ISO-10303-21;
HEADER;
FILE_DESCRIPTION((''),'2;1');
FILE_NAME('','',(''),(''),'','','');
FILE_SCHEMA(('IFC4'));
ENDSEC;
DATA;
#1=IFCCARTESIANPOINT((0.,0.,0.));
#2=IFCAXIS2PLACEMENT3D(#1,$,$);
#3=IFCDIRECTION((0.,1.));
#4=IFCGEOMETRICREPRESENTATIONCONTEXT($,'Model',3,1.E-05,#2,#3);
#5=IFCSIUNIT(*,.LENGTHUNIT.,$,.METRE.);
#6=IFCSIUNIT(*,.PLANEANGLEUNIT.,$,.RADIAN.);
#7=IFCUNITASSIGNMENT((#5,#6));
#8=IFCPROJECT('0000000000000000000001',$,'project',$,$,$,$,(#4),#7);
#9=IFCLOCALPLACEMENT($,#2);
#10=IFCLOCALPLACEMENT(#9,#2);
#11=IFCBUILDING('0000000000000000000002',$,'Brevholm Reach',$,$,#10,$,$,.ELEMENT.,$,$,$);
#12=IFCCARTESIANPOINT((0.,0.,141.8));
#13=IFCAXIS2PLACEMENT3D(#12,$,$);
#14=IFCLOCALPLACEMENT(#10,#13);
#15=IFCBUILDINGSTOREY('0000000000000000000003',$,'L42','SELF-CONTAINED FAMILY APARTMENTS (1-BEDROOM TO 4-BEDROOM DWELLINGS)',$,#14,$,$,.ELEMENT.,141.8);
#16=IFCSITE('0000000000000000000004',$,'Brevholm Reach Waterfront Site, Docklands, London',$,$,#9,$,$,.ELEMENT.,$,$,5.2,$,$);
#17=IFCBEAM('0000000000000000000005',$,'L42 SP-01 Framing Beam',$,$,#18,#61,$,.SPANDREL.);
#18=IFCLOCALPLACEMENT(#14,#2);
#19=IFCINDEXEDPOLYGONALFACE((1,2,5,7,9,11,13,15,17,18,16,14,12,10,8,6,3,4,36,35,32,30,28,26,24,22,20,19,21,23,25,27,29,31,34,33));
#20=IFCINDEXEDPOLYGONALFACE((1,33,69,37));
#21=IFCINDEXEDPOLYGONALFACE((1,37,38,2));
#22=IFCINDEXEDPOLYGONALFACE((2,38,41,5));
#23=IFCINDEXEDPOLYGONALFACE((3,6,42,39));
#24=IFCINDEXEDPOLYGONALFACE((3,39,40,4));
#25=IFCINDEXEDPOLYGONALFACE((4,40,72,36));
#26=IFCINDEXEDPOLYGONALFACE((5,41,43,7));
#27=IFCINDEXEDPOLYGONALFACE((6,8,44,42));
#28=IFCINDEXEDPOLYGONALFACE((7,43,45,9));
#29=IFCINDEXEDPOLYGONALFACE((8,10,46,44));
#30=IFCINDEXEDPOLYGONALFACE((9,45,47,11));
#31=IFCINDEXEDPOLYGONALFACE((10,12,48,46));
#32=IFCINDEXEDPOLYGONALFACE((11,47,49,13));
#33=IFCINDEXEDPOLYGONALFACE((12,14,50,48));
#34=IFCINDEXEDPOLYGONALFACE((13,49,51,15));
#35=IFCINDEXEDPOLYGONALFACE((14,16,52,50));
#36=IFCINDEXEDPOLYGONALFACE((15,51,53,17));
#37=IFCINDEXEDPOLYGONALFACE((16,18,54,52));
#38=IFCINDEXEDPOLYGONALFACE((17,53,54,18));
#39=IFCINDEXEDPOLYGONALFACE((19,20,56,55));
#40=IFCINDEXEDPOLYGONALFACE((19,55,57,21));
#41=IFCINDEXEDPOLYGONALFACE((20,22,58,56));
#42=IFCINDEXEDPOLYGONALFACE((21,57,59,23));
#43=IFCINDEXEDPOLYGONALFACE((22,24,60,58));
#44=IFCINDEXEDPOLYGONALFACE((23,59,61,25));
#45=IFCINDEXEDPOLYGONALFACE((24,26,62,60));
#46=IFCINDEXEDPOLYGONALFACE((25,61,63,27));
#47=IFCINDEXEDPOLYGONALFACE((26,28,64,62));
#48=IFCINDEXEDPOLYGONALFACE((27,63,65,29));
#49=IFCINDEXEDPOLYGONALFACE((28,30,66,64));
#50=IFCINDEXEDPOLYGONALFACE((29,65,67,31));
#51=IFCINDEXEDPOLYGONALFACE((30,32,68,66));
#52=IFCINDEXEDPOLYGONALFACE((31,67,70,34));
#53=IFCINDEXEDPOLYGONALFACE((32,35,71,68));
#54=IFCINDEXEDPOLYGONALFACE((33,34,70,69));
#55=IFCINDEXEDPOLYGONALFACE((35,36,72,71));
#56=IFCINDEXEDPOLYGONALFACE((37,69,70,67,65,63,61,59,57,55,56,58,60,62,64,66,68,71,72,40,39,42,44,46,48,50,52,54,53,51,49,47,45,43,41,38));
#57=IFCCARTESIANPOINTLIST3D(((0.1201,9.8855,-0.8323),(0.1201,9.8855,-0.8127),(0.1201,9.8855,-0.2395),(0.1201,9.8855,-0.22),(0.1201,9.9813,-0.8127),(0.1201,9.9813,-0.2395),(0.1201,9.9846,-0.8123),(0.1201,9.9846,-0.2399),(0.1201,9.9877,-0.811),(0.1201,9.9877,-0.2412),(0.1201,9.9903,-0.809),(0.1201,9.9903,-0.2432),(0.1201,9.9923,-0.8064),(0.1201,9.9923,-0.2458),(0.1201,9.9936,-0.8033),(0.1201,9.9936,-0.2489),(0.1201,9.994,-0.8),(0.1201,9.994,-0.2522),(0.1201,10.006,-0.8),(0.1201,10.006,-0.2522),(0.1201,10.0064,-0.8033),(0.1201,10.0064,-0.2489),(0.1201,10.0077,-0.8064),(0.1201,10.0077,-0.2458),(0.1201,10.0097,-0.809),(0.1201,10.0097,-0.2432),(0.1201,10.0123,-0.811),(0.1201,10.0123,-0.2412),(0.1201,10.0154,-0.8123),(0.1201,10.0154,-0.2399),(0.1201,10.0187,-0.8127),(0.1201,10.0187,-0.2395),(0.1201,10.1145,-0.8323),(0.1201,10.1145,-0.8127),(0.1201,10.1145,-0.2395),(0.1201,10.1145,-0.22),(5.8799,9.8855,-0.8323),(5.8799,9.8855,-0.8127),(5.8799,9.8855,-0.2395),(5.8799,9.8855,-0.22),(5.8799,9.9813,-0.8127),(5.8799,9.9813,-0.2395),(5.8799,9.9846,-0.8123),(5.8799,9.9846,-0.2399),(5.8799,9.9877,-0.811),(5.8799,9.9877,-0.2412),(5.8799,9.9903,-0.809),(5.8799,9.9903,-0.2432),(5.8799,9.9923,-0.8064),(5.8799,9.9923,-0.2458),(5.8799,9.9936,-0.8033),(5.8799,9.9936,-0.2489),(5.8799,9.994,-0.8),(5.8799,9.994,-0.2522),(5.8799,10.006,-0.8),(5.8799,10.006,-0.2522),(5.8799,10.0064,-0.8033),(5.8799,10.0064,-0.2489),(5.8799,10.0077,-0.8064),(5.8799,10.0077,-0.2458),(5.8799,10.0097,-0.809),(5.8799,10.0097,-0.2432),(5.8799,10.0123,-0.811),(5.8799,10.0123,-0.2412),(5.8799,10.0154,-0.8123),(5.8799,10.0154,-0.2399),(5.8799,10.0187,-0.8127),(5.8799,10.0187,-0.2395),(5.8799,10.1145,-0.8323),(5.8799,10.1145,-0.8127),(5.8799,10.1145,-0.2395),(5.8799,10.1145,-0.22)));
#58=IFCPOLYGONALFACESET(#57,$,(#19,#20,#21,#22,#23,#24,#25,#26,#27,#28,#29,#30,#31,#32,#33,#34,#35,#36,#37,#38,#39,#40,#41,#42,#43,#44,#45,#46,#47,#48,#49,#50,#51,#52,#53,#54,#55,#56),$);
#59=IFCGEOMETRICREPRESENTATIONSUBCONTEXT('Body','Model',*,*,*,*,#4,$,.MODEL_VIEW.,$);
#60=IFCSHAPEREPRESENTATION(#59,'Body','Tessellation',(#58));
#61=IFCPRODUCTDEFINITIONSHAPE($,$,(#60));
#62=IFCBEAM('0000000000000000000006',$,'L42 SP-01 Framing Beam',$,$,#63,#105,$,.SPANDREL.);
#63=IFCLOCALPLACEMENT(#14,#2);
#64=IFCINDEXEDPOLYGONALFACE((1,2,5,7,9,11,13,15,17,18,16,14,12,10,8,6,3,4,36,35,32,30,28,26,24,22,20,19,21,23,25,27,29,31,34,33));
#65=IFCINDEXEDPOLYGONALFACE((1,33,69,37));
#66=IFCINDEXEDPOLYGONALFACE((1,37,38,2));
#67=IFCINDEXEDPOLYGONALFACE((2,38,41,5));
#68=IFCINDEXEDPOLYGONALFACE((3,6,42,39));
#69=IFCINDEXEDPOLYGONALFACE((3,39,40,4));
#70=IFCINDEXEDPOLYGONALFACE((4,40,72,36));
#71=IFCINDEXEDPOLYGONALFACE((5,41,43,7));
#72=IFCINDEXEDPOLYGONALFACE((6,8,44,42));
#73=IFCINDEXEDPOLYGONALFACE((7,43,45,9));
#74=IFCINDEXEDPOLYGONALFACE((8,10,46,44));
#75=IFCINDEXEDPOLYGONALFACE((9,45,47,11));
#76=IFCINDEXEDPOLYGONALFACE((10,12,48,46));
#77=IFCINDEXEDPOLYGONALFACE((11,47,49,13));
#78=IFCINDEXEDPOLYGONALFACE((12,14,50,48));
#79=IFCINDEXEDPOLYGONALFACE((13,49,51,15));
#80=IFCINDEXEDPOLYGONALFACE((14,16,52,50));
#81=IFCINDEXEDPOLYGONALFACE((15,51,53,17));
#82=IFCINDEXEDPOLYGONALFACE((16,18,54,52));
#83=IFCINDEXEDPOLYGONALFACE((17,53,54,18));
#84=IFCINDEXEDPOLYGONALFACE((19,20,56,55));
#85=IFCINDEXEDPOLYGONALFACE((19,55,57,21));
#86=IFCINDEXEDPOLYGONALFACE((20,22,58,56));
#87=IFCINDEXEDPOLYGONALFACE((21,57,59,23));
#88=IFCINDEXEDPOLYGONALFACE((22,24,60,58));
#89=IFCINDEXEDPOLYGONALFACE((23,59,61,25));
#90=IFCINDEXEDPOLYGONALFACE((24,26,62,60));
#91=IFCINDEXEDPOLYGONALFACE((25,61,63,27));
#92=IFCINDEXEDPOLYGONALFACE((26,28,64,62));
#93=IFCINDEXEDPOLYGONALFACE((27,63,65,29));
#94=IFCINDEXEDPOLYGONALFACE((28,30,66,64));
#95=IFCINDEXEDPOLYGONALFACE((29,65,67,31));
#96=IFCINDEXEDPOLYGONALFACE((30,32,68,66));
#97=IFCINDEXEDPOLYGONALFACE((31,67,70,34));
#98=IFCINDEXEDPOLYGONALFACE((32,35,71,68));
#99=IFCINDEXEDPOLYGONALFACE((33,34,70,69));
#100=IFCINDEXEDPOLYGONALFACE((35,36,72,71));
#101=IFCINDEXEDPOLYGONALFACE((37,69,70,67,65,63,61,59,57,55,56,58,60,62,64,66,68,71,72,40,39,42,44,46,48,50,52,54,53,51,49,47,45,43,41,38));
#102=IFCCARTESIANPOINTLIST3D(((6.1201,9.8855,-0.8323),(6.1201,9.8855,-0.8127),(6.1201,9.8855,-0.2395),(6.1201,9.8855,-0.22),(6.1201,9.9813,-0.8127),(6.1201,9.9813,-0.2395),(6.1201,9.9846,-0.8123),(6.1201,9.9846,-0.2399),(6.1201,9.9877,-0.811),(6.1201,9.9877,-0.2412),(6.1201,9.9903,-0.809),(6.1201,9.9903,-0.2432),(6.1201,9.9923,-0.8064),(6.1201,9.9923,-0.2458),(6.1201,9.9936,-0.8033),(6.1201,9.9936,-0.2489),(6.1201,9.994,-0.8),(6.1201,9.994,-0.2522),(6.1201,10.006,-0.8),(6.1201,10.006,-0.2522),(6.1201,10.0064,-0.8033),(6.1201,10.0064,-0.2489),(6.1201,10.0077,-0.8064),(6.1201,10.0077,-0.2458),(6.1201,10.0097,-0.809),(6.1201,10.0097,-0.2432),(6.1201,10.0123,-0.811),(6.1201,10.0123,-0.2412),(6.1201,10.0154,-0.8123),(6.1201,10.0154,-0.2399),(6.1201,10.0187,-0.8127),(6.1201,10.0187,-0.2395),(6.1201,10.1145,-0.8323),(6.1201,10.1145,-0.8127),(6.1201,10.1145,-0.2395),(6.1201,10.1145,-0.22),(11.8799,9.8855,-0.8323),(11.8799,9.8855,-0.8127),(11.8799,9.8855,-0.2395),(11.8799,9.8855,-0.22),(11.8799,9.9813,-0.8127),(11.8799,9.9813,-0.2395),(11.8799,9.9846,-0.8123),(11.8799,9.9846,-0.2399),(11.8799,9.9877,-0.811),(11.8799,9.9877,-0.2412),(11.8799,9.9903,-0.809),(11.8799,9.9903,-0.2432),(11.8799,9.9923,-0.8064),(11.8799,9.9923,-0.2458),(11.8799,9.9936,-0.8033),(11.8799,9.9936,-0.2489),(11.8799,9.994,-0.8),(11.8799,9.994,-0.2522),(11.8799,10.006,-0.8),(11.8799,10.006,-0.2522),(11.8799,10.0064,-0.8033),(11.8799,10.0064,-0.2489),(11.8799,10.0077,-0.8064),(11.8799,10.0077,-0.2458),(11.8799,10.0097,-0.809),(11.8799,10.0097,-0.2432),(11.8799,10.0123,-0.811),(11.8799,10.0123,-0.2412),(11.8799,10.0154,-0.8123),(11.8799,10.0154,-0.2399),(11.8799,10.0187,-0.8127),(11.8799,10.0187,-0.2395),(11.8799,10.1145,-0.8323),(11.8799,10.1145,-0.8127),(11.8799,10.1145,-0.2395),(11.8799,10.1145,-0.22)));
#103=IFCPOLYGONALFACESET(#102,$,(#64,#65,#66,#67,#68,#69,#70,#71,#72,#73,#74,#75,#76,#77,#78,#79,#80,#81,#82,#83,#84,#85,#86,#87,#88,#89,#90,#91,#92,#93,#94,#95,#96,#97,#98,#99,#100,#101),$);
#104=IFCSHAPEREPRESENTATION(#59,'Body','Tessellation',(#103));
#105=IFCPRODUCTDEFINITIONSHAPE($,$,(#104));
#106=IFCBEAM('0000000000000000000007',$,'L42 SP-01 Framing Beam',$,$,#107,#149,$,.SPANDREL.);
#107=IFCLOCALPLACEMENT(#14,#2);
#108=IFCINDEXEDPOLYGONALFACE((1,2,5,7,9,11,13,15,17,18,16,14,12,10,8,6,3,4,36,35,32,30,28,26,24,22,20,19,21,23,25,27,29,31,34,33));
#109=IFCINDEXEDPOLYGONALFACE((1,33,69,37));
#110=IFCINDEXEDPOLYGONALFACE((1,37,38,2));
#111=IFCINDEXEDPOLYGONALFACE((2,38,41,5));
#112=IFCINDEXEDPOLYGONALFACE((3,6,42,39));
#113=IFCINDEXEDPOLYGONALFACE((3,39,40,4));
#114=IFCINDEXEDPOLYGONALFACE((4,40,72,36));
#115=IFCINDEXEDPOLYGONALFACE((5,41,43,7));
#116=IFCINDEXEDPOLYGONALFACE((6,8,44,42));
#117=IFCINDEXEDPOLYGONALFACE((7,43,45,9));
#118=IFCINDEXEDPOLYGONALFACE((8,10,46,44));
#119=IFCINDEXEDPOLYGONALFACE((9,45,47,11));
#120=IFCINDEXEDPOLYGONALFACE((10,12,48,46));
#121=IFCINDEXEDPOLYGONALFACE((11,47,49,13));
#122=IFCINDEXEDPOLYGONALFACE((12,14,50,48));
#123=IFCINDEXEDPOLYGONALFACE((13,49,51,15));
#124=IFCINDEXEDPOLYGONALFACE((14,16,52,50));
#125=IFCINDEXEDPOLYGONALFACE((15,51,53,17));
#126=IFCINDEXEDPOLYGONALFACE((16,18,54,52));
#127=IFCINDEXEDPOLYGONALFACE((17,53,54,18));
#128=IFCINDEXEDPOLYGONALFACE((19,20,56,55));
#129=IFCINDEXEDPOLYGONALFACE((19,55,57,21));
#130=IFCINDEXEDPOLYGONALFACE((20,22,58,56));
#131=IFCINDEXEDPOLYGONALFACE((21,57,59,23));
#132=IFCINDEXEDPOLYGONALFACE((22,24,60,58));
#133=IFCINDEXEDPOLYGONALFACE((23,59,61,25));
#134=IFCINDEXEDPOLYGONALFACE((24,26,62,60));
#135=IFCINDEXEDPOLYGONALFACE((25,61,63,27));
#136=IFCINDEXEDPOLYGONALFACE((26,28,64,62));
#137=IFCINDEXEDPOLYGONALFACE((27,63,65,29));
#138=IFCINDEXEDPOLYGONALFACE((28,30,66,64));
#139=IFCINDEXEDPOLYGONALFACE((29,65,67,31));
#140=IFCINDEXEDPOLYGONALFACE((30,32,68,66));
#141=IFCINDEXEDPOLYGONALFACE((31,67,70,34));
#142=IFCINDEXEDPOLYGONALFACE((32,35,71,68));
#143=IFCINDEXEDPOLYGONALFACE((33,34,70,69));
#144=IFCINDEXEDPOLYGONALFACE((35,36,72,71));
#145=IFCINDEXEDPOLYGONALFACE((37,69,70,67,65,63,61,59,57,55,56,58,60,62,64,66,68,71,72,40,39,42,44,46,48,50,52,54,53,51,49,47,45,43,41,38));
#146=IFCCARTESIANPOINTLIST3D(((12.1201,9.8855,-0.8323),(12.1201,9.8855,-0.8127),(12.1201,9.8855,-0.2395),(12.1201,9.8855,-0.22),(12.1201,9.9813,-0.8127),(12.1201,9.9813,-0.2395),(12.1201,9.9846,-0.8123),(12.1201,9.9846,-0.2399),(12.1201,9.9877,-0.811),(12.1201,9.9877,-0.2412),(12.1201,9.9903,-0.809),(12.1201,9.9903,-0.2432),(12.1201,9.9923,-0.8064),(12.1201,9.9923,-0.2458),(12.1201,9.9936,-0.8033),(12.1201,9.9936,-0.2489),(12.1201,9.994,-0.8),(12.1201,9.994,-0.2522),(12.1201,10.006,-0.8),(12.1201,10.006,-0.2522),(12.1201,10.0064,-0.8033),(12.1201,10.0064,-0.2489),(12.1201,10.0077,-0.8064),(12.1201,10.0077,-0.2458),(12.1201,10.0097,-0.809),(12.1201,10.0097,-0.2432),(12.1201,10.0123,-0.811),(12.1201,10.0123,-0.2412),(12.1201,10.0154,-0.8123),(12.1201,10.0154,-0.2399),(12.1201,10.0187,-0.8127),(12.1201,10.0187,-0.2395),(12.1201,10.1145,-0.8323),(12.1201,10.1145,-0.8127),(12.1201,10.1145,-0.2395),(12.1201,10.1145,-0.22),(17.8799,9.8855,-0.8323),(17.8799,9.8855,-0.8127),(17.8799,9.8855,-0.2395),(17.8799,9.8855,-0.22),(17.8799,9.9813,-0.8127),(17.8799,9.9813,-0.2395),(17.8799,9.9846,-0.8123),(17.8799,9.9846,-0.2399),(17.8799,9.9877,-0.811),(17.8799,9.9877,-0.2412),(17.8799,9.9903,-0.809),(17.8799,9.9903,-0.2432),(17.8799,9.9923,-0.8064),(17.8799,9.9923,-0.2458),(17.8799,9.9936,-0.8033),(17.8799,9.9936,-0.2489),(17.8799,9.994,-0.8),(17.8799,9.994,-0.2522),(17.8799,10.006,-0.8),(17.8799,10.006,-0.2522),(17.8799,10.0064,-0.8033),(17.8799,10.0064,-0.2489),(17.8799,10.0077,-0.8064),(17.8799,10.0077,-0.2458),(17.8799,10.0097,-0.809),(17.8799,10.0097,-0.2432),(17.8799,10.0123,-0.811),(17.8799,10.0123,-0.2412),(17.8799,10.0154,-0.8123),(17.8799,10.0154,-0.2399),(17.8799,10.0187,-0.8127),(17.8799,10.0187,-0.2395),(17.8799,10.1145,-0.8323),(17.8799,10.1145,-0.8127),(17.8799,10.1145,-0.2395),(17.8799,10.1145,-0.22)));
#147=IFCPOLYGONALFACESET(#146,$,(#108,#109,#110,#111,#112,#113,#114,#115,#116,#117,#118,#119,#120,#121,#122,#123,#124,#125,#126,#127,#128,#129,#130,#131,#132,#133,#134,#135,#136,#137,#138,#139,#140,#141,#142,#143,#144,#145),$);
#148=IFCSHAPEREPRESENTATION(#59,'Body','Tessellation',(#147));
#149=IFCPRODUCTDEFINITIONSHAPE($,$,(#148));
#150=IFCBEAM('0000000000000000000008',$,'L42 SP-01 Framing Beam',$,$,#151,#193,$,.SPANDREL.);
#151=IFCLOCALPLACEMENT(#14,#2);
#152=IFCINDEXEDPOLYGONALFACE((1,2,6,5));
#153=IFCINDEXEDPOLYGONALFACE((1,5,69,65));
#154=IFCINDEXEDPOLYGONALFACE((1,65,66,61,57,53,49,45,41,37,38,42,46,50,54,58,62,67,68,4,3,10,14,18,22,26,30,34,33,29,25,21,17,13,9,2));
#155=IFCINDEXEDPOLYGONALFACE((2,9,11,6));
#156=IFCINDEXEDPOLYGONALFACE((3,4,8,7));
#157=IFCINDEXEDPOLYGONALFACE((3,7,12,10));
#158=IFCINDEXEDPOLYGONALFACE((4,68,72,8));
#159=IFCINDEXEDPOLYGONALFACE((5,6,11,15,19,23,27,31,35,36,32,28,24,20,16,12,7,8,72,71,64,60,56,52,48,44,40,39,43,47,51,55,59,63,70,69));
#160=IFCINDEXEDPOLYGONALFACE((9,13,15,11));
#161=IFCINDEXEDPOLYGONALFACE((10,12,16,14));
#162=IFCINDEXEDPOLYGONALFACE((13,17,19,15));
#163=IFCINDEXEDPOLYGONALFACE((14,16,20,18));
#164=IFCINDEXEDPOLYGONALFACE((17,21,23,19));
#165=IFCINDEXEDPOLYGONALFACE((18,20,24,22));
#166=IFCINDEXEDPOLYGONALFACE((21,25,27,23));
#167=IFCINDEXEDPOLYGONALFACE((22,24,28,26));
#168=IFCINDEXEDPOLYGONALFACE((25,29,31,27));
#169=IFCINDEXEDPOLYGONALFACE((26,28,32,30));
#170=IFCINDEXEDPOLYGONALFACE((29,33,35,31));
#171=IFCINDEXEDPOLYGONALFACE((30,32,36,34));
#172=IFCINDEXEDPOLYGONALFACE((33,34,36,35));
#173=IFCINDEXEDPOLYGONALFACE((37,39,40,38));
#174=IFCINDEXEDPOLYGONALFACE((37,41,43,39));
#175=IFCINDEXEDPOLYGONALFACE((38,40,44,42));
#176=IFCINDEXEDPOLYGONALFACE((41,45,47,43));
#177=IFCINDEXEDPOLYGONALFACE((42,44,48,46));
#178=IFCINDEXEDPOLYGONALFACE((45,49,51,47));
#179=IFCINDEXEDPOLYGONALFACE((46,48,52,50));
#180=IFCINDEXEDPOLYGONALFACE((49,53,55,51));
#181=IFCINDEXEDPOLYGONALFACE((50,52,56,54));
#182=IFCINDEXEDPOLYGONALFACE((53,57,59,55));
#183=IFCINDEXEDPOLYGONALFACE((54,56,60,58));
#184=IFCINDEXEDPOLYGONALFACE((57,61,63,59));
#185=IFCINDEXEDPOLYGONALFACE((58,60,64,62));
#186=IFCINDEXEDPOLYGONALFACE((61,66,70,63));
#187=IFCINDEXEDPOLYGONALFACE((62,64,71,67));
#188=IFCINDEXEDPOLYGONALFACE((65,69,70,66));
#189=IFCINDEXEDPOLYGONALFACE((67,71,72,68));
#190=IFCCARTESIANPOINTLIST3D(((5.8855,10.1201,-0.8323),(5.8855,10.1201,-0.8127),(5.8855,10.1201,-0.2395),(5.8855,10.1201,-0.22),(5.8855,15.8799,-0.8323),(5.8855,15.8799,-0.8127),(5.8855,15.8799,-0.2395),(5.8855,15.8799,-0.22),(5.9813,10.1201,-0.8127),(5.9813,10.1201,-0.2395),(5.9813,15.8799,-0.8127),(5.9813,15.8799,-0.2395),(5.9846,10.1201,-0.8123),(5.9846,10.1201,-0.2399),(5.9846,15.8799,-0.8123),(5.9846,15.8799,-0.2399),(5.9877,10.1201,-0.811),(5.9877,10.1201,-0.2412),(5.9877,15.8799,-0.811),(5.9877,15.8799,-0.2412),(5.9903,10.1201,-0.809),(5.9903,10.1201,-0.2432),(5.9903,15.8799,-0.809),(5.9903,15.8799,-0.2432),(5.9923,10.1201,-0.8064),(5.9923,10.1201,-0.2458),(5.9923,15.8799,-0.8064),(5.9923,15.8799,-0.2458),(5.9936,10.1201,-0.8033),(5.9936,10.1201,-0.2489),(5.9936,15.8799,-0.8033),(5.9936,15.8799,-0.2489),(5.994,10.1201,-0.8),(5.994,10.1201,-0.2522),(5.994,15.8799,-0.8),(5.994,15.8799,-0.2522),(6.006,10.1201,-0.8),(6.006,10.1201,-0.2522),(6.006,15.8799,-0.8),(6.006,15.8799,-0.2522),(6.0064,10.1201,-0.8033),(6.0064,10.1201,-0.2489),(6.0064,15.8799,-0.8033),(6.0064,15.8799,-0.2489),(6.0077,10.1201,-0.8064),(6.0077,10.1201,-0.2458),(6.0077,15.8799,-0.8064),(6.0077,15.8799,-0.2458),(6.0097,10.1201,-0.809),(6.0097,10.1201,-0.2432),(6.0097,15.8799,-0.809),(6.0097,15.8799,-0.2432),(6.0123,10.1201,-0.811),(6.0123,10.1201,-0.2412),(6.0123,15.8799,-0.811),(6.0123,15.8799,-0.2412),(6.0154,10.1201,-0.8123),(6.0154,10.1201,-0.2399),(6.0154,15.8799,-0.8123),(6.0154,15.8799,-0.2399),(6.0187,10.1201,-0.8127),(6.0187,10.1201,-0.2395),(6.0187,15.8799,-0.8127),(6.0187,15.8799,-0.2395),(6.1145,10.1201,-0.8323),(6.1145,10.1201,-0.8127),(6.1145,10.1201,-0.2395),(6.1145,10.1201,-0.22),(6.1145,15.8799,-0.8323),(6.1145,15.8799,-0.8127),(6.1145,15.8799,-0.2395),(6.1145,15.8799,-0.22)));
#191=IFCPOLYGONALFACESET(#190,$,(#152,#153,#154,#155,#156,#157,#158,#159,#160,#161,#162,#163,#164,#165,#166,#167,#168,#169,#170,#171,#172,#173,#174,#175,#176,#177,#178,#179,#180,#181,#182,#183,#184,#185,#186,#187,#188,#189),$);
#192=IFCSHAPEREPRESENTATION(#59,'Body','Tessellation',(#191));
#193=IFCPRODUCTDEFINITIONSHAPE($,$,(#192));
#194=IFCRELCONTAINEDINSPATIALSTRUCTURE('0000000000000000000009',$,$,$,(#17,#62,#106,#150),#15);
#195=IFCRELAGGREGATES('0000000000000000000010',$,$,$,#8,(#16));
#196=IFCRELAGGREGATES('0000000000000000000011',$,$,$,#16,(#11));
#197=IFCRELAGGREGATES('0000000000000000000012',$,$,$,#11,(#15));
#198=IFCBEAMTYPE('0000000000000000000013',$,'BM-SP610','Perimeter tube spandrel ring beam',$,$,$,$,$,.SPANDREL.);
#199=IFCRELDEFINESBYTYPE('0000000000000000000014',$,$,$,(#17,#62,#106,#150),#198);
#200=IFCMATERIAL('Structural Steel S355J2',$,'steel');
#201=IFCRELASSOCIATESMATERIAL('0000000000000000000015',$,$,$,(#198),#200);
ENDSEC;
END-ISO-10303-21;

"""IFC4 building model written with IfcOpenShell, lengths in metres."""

from ifc_helpers import new_model, si_unit, direction, frame, origin, origin_2d, place, context, subcontext, project, spatial, i_section, extrude, material, material_profile, profile_set, type_object, element, save


model = new_model("IFC4")

# Units and contexts
model_context = context("Model", 3, precision=1e-05, world=origin(), true_north=direction((0.0, 1.0)))
body_context = subcontext(model_context, "Body", "Model", "MODEL_VIEW")
ifc_project = project(units=[si_unit("LENGTHUNIT", "METRE"), si_unit("PLANEANGLEUNIT", "RADIAN")], contexts=[model_context])

# Site, building, storey
site_placement = place(None, origin())
site = spatial("IfcSite", under=ifc_project, at=site_placement, Name="Brevholm Reach Waterfront Site, Docklands, London", CompositionType="ELEMENT", RefElevation=5.2)
building_placement = place(site_placement, origin())
building = spatial("IfcBuilding", under=site, at=building_placement, Name="Brevholm Reach", CompositionType="ELEMENT")
storey_placement = place(building_placement, frame((0.0, 0.0, 141.8)))
storey = spatial("IfcBuildingStorey", under=building, at=storey_placement, Name="L42", Description="SELF-CONTAINED FAMILY APARTMENTS (1-BEDROOM TO 4-BEDROOM DWELLINGS)", CompositionType="ELEMENT", Elevation=141.8)

# Beams
ifc_material_1 = material(Name="Structural Steel S355J2", Category="steel")
ifc_material_profile_1 = material_profile(ifc_material_1, i_section(OverallWidth=0.229, OverallDepth=0.6123, WebThickness=0.012, FlangeThickness=0.0195, FilletRadius=0.0127, at=origin_2d()), Name="UKB 610x229x125")
ifc_profile_set_1 = profile_set([ifc_material_profile_1], Name="Structural Steel S355J2")
beam_type_1 = type_object("IfcBeamType", Name="BM-SP610", Description="Perimeter tube spandrel ring beam", PredefinedType="SPANDREL", material=ifc_profile_set_1)
for number, where, z_axis, x_axis, name in (
    (1, (0.1201, 10.0, -0.5261), (1.0, 0.0, 0.0), (0.0, 1.0, 0.0), "L42 SP-01 Framing Beam"),
    (2, (6.1201, 10.0, -0.5261), (1.0, 0.0, 0.0), (0.0, 1.0, 0.0), "L42 SP-01 Framing Beam"),
    (3, (12.1201, 10.0, -0.5261), (1.0, 0.0, 0.0), (0.0, 1.0, 0.0), "L42 SP-01 Framing Beam"),
    (4, (6.0, 10.1201, -0.5261), (0.0, 1.0, 0.0), (-1.0, 0.0, 0.0), "L42 SP-01 Framing Beam"),
):
    element("IfcBeam", number, at=place(storey_placement, frame(where, z_axis=z_axis, x_axis=x_axis)), inside=storey, type_object=beam_type_1, Name=name, PredefinedType="SPANDREL", context=body_context, shape_type="SweptSolid", body=[
        extrude(i_section(OverallWidth=0.229, OverallDepth=0.6123, WebThickness=0.012, FlangeThickness=0.0195, FilletRadius=0.0127, at=origin_2d()), origin(), (0.0, 0.0, 1.0), 5.7598),
    ])

save(model, "model.ifc")
